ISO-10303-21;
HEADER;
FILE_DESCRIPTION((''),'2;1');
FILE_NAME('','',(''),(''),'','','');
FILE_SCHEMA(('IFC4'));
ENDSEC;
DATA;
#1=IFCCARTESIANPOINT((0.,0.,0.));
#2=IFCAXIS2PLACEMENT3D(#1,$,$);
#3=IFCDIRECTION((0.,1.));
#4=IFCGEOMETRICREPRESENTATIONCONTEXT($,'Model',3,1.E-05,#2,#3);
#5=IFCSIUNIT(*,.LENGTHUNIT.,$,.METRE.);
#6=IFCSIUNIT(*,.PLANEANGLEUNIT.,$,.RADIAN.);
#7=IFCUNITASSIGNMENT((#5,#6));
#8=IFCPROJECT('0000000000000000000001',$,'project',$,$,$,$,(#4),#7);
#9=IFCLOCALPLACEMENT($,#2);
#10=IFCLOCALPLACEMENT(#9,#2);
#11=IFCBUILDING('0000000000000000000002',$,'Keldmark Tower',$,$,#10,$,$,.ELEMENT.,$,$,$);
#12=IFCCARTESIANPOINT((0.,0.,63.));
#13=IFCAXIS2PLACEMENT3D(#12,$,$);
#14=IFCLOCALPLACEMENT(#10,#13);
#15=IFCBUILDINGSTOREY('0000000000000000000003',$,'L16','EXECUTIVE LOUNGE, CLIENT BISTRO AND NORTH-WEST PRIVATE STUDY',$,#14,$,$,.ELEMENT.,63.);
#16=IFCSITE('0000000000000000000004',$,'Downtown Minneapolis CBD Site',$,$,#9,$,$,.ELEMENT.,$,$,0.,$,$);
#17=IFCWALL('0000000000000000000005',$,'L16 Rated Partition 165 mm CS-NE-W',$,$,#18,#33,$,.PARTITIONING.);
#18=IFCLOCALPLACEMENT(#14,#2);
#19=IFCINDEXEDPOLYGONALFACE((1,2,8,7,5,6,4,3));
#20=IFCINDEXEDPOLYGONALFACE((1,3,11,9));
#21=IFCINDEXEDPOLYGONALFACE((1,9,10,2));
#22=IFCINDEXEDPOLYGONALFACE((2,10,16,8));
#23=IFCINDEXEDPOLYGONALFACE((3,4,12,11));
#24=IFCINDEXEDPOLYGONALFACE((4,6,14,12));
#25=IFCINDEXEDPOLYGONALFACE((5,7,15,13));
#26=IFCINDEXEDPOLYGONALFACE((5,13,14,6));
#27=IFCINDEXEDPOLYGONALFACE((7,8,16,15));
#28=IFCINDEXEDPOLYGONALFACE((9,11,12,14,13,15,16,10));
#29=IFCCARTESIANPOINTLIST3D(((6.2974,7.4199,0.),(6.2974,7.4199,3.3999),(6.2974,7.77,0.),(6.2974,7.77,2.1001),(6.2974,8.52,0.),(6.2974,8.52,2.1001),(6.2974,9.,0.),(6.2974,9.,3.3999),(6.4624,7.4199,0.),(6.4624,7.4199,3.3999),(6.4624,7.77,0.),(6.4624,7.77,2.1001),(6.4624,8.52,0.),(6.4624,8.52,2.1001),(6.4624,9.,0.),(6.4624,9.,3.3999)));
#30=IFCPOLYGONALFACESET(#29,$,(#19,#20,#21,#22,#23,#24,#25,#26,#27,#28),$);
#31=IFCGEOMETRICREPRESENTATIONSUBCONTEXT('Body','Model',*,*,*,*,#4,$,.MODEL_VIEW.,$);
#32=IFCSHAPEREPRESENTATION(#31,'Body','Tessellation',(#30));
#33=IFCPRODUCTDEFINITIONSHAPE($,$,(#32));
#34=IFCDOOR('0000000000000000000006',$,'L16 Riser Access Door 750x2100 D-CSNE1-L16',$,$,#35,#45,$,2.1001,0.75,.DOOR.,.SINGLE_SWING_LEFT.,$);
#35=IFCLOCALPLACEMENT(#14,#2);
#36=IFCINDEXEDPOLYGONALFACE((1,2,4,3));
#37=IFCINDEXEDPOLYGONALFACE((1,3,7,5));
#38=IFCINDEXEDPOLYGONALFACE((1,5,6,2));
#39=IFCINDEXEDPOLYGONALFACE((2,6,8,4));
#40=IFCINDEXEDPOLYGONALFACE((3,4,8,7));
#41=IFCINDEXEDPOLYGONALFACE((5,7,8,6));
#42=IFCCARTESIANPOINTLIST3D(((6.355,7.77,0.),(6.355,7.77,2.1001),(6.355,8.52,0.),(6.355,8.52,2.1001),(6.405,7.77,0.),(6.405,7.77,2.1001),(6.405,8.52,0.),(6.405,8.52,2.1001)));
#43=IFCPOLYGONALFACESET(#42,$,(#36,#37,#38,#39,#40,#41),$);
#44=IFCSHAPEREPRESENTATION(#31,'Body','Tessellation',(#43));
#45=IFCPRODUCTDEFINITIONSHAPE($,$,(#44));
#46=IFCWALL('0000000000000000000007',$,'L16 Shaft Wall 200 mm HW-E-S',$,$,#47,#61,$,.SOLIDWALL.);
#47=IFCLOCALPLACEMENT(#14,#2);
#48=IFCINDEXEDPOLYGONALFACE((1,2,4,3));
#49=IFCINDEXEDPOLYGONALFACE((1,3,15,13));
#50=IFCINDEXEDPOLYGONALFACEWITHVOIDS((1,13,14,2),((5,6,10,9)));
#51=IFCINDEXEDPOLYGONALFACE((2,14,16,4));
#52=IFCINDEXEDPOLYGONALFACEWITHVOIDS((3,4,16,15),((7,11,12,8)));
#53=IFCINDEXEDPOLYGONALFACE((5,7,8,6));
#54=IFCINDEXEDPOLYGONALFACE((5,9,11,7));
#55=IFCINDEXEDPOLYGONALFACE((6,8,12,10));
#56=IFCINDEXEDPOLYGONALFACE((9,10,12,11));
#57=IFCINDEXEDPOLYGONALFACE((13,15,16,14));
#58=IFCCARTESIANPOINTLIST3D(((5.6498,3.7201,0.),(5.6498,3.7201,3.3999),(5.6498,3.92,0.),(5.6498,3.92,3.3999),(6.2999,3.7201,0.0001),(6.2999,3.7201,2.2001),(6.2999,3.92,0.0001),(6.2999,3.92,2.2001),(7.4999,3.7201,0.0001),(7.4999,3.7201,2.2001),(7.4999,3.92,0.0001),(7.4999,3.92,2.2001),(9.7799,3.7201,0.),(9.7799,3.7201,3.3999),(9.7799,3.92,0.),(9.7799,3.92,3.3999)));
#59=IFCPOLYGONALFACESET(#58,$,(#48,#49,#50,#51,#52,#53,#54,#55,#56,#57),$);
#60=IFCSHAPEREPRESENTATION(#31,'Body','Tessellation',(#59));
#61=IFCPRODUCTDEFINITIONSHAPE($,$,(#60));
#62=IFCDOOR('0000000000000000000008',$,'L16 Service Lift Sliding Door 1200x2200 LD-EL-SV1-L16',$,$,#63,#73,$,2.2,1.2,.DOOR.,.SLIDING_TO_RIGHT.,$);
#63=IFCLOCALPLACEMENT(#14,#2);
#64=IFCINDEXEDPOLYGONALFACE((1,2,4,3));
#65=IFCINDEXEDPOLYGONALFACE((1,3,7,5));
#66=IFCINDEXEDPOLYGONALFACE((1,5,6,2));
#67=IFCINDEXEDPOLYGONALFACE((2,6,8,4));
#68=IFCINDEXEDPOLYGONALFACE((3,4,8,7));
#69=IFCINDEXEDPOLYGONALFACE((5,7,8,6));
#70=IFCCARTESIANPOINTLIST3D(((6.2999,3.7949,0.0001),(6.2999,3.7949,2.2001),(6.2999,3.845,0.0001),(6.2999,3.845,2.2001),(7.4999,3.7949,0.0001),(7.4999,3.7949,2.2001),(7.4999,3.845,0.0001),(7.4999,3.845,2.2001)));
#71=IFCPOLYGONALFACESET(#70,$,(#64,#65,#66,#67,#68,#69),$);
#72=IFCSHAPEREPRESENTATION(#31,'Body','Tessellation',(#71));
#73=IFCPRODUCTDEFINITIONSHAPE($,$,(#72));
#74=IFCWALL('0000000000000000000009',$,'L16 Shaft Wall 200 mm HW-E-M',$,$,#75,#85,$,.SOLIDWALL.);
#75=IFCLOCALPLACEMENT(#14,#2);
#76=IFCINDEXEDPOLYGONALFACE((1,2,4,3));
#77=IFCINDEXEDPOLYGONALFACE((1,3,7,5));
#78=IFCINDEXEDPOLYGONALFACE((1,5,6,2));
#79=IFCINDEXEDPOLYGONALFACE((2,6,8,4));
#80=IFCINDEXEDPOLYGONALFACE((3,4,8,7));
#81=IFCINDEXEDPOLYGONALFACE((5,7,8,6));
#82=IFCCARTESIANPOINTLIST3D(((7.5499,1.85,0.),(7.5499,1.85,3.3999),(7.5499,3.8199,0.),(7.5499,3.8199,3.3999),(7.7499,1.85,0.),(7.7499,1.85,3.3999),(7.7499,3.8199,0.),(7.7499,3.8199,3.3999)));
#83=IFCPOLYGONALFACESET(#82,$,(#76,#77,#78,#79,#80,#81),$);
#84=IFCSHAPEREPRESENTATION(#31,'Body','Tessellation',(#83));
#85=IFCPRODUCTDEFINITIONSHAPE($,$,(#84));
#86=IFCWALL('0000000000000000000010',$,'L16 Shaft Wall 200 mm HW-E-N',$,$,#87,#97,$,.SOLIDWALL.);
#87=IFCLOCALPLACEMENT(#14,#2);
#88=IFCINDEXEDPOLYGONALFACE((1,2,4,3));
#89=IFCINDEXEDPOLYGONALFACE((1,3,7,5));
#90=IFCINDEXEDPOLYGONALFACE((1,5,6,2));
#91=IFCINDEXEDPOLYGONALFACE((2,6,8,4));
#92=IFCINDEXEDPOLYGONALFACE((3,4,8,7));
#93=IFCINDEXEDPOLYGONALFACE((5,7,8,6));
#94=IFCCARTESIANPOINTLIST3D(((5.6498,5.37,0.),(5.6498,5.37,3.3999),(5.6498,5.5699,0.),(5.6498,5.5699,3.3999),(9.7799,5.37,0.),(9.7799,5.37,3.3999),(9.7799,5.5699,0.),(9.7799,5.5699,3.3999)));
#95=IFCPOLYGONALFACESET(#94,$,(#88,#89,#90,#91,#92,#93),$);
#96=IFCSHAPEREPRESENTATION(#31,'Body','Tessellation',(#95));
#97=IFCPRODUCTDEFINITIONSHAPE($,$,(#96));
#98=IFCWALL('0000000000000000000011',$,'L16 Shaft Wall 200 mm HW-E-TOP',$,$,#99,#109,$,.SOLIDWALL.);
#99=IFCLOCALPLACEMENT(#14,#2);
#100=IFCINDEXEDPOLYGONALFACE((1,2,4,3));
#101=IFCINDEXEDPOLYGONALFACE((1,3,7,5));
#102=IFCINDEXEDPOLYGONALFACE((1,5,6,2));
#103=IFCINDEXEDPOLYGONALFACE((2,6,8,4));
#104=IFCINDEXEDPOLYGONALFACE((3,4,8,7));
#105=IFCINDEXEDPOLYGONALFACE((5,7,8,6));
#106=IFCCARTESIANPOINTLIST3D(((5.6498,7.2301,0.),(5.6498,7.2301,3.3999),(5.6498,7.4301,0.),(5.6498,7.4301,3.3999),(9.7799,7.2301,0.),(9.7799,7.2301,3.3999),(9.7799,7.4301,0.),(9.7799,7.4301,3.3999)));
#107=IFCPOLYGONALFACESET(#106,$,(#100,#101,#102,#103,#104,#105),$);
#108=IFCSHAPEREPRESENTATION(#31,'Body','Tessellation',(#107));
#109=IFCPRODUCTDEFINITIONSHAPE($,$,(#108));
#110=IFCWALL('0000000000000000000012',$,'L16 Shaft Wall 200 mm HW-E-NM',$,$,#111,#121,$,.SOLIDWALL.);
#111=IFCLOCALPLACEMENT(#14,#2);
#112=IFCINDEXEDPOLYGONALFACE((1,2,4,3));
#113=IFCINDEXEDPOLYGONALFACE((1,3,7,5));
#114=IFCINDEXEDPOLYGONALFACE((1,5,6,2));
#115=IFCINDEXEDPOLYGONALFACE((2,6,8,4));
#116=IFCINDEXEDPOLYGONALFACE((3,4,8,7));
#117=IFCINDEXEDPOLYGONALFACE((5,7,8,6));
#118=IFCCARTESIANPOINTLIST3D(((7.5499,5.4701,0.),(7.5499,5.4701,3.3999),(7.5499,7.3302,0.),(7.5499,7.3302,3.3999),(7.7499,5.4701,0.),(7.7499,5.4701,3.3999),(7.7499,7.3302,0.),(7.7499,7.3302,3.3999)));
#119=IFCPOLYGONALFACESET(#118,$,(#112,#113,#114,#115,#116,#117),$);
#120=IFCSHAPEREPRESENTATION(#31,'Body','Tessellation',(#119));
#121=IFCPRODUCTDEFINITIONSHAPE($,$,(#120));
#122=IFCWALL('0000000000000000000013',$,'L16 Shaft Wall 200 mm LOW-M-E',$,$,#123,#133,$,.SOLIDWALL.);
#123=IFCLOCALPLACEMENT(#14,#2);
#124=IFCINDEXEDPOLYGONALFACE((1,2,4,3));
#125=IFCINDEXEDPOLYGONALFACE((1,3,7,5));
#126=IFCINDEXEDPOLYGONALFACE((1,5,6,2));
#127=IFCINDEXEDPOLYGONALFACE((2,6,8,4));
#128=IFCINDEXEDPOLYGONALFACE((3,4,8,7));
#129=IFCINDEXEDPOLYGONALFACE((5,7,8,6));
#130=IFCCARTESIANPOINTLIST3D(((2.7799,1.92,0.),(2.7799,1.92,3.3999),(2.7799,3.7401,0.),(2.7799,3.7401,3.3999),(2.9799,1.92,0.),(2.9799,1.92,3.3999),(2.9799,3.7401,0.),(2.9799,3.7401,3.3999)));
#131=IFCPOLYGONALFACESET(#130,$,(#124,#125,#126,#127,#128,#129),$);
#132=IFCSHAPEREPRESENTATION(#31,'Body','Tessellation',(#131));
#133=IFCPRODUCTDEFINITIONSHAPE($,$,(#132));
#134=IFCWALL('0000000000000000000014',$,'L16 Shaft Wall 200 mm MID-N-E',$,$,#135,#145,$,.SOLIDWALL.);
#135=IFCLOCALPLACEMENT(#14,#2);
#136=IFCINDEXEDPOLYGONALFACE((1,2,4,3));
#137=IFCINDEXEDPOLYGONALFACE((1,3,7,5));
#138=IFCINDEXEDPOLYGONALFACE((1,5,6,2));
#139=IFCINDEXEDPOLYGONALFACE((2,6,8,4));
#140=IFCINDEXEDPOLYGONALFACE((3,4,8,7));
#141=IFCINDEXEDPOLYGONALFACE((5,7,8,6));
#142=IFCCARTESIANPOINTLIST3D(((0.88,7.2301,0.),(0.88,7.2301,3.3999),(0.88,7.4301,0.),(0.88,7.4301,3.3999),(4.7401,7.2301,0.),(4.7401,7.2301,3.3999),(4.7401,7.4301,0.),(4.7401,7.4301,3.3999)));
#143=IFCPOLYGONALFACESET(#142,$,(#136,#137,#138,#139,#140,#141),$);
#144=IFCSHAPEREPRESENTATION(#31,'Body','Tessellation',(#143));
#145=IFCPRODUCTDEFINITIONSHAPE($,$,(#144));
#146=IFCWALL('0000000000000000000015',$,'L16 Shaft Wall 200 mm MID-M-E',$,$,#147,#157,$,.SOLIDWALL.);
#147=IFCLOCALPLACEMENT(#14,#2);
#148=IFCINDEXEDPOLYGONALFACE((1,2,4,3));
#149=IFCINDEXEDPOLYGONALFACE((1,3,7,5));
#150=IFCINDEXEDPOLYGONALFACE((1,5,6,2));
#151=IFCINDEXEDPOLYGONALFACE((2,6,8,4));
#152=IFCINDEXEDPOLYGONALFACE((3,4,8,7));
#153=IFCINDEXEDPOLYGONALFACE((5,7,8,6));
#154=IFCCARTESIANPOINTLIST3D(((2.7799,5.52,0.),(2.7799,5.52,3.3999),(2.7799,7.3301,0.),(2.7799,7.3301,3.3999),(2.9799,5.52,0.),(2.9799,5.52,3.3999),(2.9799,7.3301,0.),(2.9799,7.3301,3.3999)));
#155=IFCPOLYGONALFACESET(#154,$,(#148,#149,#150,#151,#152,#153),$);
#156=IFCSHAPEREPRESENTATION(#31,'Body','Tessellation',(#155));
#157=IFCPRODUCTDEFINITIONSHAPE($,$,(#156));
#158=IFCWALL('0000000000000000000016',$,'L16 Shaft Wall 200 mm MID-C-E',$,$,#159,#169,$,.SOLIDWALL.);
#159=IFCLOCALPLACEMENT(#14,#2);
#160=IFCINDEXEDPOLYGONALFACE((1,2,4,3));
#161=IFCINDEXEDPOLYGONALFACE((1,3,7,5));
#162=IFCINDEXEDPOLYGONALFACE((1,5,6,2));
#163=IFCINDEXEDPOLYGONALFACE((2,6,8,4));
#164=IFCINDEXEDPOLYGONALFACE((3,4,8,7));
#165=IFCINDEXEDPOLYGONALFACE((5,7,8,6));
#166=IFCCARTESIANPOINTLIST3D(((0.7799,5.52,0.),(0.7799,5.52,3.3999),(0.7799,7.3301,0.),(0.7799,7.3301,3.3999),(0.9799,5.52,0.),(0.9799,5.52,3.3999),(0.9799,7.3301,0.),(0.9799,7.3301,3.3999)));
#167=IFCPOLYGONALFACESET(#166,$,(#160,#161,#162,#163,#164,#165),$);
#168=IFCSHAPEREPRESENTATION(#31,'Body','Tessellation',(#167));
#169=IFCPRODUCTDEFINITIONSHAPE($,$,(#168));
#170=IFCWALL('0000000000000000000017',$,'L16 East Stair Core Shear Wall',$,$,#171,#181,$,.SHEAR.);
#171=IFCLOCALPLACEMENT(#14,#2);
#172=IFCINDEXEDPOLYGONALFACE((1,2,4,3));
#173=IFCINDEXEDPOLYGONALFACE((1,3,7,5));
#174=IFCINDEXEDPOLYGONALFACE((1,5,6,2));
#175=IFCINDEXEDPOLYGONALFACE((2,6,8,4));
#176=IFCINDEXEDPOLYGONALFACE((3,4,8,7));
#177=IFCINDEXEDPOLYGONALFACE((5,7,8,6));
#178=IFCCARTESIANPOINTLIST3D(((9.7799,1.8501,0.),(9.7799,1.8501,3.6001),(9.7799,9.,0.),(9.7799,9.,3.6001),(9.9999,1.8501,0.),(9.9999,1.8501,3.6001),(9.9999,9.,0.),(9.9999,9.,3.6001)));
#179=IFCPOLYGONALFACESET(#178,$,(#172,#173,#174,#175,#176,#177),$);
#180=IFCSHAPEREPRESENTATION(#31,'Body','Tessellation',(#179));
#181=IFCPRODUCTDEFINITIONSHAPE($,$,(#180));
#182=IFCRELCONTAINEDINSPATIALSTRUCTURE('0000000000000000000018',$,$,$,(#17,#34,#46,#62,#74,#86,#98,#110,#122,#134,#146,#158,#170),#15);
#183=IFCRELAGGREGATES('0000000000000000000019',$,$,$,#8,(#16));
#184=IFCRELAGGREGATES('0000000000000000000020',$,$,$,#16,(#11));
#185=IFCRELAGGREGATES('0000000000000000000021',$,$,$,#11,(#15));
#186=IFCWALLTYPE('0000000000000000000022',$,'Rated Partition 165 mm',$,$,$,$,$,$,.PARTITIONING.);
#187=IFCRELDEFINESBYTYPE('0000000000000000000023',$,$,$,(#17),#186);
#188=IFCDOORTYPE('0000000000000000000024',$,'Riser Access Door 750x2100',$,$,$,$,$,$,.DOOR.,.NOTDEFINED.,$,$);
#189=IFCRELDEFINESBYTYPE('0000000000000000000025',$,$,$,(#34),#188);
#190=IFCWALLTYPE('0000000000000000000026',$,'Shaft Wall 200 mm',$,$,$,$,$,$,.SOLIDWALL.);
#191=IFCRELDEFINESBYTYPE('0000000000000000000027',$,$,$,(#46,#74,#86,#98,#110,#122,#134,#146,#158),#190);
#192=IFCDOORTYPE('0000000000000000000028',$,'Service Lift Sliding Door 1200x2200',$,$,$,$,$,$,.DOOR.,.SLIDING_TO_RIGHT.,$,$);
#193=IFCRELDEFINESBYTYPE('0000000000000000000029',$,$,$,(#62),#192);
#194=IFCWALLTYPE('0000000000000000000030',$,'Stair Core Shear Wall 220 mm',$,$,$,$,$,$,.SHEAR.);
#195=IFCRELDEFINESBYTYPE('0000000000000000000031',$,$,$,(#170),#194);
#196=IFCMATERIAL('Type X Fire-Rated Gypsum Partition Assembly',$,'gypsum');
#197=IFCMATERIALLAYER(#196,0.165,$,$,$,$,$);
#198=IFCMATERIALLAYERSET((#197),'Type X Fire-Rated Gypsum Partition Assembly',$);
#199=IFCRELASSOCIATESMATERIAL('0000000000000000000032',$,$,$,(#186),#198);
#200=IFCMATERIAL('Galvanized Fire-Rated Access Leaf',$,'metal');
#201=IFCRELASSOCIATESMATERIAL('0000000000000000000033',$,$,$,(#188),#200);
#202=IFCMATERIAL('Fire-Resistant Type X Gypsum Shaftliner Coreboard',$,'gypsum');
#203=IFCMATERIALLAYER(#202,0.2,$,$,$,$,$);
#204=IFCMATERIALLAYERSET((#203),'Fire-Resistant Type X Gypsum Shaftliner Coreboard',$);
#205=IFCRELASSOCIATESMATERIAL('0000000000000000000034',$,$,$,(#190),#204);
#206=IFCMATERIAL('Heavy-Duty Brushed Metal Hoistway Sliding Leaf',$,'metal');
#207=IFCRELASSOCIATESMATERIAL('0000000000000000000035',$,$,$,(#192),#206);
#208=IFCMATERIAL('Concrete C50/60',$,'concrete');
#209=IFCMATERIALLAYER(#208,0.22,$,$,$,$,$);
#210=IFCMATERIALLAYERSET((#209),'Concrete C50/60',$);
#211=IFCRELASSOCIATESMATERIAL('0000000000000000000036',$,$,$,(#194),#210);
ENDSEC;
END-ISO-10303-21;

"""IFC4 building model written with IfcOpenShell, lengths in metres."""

from ifc_helpers import new_model, si_unit, direction, frame, frame_2d, origin, place, context, subcontext, project, spatial, rectangle, extrude, material, layer, layer_set, type_object, element, fill, save


model = new_model("IFC4")

# Units and contexts
model_context = context("Model", 3, precision=1e-05, world=origin(), true_north=direction((0.0, 1.0)))
body_context = subcontext(model_context, "Body", "Model", "MODEL_VIEW")
ifc_project = project(units=[si_unit("LENGTHUNIT", "METRE"), si_unit("PLANEANGLEUNIT", "RADIAN")], contexts=[model_context])

# Site, building, storey
site_placement = place(None, origin())
site = spatial("IfcSite", under=ifc_project, at=site_placement, Name="Downtown Minneapolis CBD Site", CompositionType="ELEMENT", RefElevation=0.0)
building_placement = place(site_placement, origin())
building = spatial("IfcBuilding", under=site, at=building_placement, Name="Keldmark Tower", CompositionType="ELEMENT")
storey_placement = place(building_placement, frame((0.0, 0.0, 63.0)))
storey = spatial("IfcBuildingStorey", under=building, at=storey_placement, Name="L16", Description="EXECUTIVE LOUNGE, CLIENT BISTRO AND NORTH-WEST PRIVATE STUDY", CompositionType="ELEMENT", Elevation=63.0)

# Walls, openings, doors
ifc_material_1 = material(Name="Type X Fire-Rated Gypsum Partition Assembly", Category="gypsum")
ifc_layer_1 = layer(ifc_material_1, 0.165)
ifc_layer_set_1 = layer_set([ifc_layer_1], Name="Type X Fire-Rated Gypsum Partition Assembly")
wall_type_1 = type_object("IfcWallType", Name="Rated Partition 165 mm", PredefinedType="PARTITIONING", material=ifc_layer_set_1)
wall_1_placement = place(storey_placement, frame((6.3799, 7.4199, 0.0), z_axis=(0.0, 0.0, 1.0), x_axis=(0.0, 1.0, 0.0)))
wall_1 = element("IfcWall", 1, at=wall_1_placement, inside=storey, type_object=wall_type_1, Name="L16 Rated Partition 165 mm CS-NE-W", PredefinedType="PARTITIONING", context=body_context, shape_type="SweptSolid", body=[
    extrude(rectangle(XDim=1.5801, YDim=0.165, at=frame_2d((0.79, 0.0))), origin(), (0.0, 0.0, 1.0), 3.3999),
])
opening_1_placement = place(wall_1_placement, frame((0.3501, 0.0, 0.0)))
opening_1 = element("IfcOpeningElement", 2, at=opening_1_placement, cuts=wall_1, PredefinedType="OPENING", context=body_context, shape_type="SweptSolid", body=[
    extrude(rectangle(XDim=0.75, YDim=2.1001, at=frame_2d((0.375, 1.05))), frame((0.0, 0.0925, 0.0), z_axis=(0.0, -1.0, 0.0), x_axis=(1.0, 0.0, 0.0)), (0.0, 0.0, 1.0), 0.1851),
])
ifc_material_2 = material(Name="Galvanized Fire-Rated Access Leaf", Category="metal")
door_type_1 = type_object("IfcDoorType", Name="Riser Access Door 750x2100", OperationType="NOTDEFINED", PredefinedType="DOOR", material=ifc_material_2)
door_1_placement = place(opening_1_placement, origin())
door_1 = element("IfcDoor", 3, at=door_1_placement, inside=storey, type_object=door_type_1, Name="L16 Riser Access Door 750x2100 D-CSNE1-L16", OperationType="SINGLE_SWING_LEFT", OverallHeight=2.1001, OverallWidth=0.75, PredefinedType="DOOR", context=body_context, shape_type="SweptSolid", body=[
    extrude(rectangle(XDim=0.75, YDim=2.1001, at=frame_2d((0.375, 1.05))), frame((0.0, 0.0249, 0.0), z_axis=(0.0, -1.0, 0.0), x_axis=(1.0, 0.0, 0.0)), (0.0, 0.0, 1.0), 0.05),
])
fill(opening_1, door_1)
ifc_material_3 = material(Name="Fire-Resistant Type X Gypsum Shaftliner Coreboard", Category="gypsum")
ifc_layer_2 = layer(ifc_material_3, 0.2)
ifc_layer_set_2 = layer_set([ifc_layer_2], Name="Fire-Resistant Type X Gypsum Shaftliner Coreboard")
wall_type_2 = type_object("IfcWallType", Name="Shaft Wall 200 mm", PredefinedType="SOLIDWALL", material=ifc_layer_set_2)
wall_2_placement = place(storey_placement, frame((5.6499, 3.8201, 0.0), z_axis=(0.0, 0.0, 1.0), x_axis=(1.0, 0.0, 0.0)))
wall_2 = element("IfcWall", 4, at=wall_2_placement, inside=storey, type_object=wall_type_2, Name="L16 Shaft Wall 200 mm HW-E-S", PredefinedType="SOLIDWALL", context=body_context, shape_type="SweptSolid", body=[
    extrude(rectangle(XDim=4.1301, YDim=0.2, at=frame_2d((2.0649, 0.0))), origin(), (0.0, 0.0, 1.0), 3.3999),
])
opening_2_placement = place(wall_2_placement, frame((0.6499, 0.0, 0.0)))
opening_2 = element("IfcOpeningElement", 5, at=opening_2_placement, cuts=wall_2, PredefinedType="OPENING", context=body_context, shape_type="SweptSolid", body=[
    extrude(rectangle(XDim=1.2, YDim=2.2, at=frame_2d((0.6001, 1.1001))), frame((0.0, 0.1099, 0.0), z_axis=(0.0, -1.0, 0.0), x_axis=(1.0, 0.0, 0.0)), (0.0, 0.0, 1.0), 0.22),
])
ifc_material_4 = material(Name="Heavy-Duty Brushed Metal Hoistway Sliding Leaf", Category="metal")
door_type_2 = type_object("IfcDoorType", Name="Service Lift Sliding Door 1200x2200", OperationType="SLIDING_TO_RIGHT", PredefinedType="DOOR", material=ifc_material_4)
door_2_placement = place(opening_2_placement, origin())
door_2 = element("IfcDoor", 6, at=door_2_placement, inside=storey, type_object=door_type_2, Name="L16 Service Lift Sliding Door 1200x2200 LD-EL-SV1-L16", OperationType="SLIDING_TO_RIGHT", OverallHeight=2.2, OverallWidth=1.2, PredefinedType="DOOR", context=body_context, shape_type="SweptSolid", body=[
    extrude(rectangle(XDim=1.2, YDim=2.2, at=frame_2d((0.6001, 1.1001))), frame((0.0, 0.0249, 0.0), z_axis=(0.0, -1.0, 0.0), x_axis=(1.0, 0.0, 0.0)), (0.0, 0.0, 1.0), 0.05),
])
fill(opening_2, door_2)

# Walls
wall_3_placement = place(storey_placement, frame((7.6499, 1.8501, 0.0), z_axis=(0.0, 0.0, 1.0), x_axis=(0.0, 1.0, 0.0)))
element("IfcWall", 7, at=wall_3_placement, inside=storey, type_object=wall_type_2, Name="L16 Shaft Wall 200 mm HW-E-M", PredefinedType="SOLIDWALL", context=body_context, shape_type="SweptSolid", body=[
    extrude(rectangle(XDim=1.97, YDim=0.2, at=frame_2d((0.9849, 0.0))), origin(), (0.0, 0.0, 1.0), 3.3999),
])
for number, where, z_axis, x_axis, name in (
    (8, (5.6499, 5.47, 0.0), (0.0, 0.0, 1.0), (1.0, 0.0, 0.0), "L16 Shaft Wall 200 mm HW-E-N"),
    (9, (5.6499, 7.3301, 0.0), (0.0, 0.0, 1.0), (1.0, 0.0, 0.0), "L16 Shaft Wall 200 mm HW-E-TOP"),
):
    element("IfcWall", number, at=place(storey_placement, frame(where, z_axis=z_axis, x_axis=x_axis)), inside=storey, type_object=wall_type_2, Name=name, PredefinedType="SOLIDWALL", context=body_context, shape_type="SweptSolid", body=[
        extrude(rectangle(XDim=4.1301, YDim=0.2, at=frame_2d((2.0649, 0.0))), origin(), (0.0, 0.0, 1.0), 3.3999),
    ])
wall_4_placement = place(storey_placement, frame((7.6499, 5.47, 0.0), z_axis=(0.0, 0.0, 1.0), x_axis=(0.0, 1.0, 0.0)))
element("IfcWall", 10, at=wall_4_placement, inside=storey, type_object=wall_type_2, Name="L16 Shaft Wall 200 mm HW-E-NM", PredefinedType="SOLIDWALL", context=body_context, shape_type="SweptSolid", body=[
    extrude(rectangle(XDim=1.8601, YDim=0.2, at=frame_2d((0.9302, 0.0))), origin(), (0.0, 0.0, 1.0), 3.3999),
])
wall_5_placement = place(storey_placement, frame((2.8799, 1.9199, 0.0), z_axis=(0.0, 0.0, 1.0), x_axis=(0.0, 1.0, 0.0)))
element("IfcWall", 11, at=wall_5_placement, inside=storey, type_object=wall_type_2, Name="L16 Shaft Wall 200 mm LOW-M-E", PredefinedType="SOLIDWALL", context=body_context, shape_type="SweptSolid", body=[
    extrude(rectangle(XDim=1.8201, YDim=0.2, at=frame_2d((0.9102, 0.0))), origin(), (0.0, 0.0, 1.0), 3.3999),
])
wall_6_placement = place(storey_placement, frame((0.8799, 7.3301, 0.0), z_axis=(0.0, 0.0, 1.0), x_axis=(1.0, 0.0, 0.0)))
element("IfcWall", 12, at=wall_6_placement, inside=storey, type_object=wall_type_2, Name="L16 Shaft Wall 200 mm MID-N-E", PredefinedType="SOLIDWALL", context=body_context, shape_type="SweptSolid", body=[
    extrude(rectangle(XDim=3.8601, YDim=0.2, at=frame_2d((1.9302, 0.0))), origin(), (0.0, 0.0, 1.0), 3.3999),
])
for number, where, z_axis, x_axis, name in (
    (13, (2.8799, 5.52, 0.0), (0.0, 0.0, 1.0), (0.0, 1.0, 0.0), "L16 Shaft Wall 200 mm MID-M-E"),
    (14, (0.8799, 5.52, 0.0), (0.0, 0.0, 1.0), (0.0, 1.0, 0.0), "L16 Shaft Wall 200 mm MID-C-E"),
):
    element("IfcWall", number, at=place(storey_placement, frame(where, z_axis=z_axis, x_axis=x_axis)), inside=storey, type_object=wall_type_2, Name=name, PredefinedType="SOLIDWALL", context=body_context, shape_type="SweptSolid", body=[
        extrude(rectangle(XDim=1.8101, YDim=0.2, at=frame_2d((0.905, 0.0))), origin(), (0.0, 0.0, 1.0), 3.3999),
    ])
ifc_material_5 = material(Name="Concrete C50/60", Category="concrete")
ifc_layer_3 = layer(ifc_material_5, 0.22)
ifc_layer_set_3 = layer_set([ifc_layer_3], Name="Concrete C50/60")
wall_type_3 = type_object("IfcWallType", Name="Stair Core Shear Wall 220 mm", PredefinedType="SHEAR", material=ifc_layer_set_3)
wall_7_placement = place(storey_placement, frame((9.8899, 1.8501, 0.0), z_axis=(0.0, 0.0, 1.0), x_axis=(0.0, 1.0, 0.0)))
element("IfcWall", 15, at=wall_7_placement, inside=storey, type_object=wall_type_3, Name="L16 East Stair Core Shear Wall", PredefinedType="SHEAR", context=body_context, shape_type="SweptSolid", body=[
    extrude(rectangle(XDim=7.1499, YDim=0.22, at=frame_2d((3.575, 0.0))), origin(), (0.0, 0.0, 1.0), 3.6001),
])

save(model, "model.ifc")
